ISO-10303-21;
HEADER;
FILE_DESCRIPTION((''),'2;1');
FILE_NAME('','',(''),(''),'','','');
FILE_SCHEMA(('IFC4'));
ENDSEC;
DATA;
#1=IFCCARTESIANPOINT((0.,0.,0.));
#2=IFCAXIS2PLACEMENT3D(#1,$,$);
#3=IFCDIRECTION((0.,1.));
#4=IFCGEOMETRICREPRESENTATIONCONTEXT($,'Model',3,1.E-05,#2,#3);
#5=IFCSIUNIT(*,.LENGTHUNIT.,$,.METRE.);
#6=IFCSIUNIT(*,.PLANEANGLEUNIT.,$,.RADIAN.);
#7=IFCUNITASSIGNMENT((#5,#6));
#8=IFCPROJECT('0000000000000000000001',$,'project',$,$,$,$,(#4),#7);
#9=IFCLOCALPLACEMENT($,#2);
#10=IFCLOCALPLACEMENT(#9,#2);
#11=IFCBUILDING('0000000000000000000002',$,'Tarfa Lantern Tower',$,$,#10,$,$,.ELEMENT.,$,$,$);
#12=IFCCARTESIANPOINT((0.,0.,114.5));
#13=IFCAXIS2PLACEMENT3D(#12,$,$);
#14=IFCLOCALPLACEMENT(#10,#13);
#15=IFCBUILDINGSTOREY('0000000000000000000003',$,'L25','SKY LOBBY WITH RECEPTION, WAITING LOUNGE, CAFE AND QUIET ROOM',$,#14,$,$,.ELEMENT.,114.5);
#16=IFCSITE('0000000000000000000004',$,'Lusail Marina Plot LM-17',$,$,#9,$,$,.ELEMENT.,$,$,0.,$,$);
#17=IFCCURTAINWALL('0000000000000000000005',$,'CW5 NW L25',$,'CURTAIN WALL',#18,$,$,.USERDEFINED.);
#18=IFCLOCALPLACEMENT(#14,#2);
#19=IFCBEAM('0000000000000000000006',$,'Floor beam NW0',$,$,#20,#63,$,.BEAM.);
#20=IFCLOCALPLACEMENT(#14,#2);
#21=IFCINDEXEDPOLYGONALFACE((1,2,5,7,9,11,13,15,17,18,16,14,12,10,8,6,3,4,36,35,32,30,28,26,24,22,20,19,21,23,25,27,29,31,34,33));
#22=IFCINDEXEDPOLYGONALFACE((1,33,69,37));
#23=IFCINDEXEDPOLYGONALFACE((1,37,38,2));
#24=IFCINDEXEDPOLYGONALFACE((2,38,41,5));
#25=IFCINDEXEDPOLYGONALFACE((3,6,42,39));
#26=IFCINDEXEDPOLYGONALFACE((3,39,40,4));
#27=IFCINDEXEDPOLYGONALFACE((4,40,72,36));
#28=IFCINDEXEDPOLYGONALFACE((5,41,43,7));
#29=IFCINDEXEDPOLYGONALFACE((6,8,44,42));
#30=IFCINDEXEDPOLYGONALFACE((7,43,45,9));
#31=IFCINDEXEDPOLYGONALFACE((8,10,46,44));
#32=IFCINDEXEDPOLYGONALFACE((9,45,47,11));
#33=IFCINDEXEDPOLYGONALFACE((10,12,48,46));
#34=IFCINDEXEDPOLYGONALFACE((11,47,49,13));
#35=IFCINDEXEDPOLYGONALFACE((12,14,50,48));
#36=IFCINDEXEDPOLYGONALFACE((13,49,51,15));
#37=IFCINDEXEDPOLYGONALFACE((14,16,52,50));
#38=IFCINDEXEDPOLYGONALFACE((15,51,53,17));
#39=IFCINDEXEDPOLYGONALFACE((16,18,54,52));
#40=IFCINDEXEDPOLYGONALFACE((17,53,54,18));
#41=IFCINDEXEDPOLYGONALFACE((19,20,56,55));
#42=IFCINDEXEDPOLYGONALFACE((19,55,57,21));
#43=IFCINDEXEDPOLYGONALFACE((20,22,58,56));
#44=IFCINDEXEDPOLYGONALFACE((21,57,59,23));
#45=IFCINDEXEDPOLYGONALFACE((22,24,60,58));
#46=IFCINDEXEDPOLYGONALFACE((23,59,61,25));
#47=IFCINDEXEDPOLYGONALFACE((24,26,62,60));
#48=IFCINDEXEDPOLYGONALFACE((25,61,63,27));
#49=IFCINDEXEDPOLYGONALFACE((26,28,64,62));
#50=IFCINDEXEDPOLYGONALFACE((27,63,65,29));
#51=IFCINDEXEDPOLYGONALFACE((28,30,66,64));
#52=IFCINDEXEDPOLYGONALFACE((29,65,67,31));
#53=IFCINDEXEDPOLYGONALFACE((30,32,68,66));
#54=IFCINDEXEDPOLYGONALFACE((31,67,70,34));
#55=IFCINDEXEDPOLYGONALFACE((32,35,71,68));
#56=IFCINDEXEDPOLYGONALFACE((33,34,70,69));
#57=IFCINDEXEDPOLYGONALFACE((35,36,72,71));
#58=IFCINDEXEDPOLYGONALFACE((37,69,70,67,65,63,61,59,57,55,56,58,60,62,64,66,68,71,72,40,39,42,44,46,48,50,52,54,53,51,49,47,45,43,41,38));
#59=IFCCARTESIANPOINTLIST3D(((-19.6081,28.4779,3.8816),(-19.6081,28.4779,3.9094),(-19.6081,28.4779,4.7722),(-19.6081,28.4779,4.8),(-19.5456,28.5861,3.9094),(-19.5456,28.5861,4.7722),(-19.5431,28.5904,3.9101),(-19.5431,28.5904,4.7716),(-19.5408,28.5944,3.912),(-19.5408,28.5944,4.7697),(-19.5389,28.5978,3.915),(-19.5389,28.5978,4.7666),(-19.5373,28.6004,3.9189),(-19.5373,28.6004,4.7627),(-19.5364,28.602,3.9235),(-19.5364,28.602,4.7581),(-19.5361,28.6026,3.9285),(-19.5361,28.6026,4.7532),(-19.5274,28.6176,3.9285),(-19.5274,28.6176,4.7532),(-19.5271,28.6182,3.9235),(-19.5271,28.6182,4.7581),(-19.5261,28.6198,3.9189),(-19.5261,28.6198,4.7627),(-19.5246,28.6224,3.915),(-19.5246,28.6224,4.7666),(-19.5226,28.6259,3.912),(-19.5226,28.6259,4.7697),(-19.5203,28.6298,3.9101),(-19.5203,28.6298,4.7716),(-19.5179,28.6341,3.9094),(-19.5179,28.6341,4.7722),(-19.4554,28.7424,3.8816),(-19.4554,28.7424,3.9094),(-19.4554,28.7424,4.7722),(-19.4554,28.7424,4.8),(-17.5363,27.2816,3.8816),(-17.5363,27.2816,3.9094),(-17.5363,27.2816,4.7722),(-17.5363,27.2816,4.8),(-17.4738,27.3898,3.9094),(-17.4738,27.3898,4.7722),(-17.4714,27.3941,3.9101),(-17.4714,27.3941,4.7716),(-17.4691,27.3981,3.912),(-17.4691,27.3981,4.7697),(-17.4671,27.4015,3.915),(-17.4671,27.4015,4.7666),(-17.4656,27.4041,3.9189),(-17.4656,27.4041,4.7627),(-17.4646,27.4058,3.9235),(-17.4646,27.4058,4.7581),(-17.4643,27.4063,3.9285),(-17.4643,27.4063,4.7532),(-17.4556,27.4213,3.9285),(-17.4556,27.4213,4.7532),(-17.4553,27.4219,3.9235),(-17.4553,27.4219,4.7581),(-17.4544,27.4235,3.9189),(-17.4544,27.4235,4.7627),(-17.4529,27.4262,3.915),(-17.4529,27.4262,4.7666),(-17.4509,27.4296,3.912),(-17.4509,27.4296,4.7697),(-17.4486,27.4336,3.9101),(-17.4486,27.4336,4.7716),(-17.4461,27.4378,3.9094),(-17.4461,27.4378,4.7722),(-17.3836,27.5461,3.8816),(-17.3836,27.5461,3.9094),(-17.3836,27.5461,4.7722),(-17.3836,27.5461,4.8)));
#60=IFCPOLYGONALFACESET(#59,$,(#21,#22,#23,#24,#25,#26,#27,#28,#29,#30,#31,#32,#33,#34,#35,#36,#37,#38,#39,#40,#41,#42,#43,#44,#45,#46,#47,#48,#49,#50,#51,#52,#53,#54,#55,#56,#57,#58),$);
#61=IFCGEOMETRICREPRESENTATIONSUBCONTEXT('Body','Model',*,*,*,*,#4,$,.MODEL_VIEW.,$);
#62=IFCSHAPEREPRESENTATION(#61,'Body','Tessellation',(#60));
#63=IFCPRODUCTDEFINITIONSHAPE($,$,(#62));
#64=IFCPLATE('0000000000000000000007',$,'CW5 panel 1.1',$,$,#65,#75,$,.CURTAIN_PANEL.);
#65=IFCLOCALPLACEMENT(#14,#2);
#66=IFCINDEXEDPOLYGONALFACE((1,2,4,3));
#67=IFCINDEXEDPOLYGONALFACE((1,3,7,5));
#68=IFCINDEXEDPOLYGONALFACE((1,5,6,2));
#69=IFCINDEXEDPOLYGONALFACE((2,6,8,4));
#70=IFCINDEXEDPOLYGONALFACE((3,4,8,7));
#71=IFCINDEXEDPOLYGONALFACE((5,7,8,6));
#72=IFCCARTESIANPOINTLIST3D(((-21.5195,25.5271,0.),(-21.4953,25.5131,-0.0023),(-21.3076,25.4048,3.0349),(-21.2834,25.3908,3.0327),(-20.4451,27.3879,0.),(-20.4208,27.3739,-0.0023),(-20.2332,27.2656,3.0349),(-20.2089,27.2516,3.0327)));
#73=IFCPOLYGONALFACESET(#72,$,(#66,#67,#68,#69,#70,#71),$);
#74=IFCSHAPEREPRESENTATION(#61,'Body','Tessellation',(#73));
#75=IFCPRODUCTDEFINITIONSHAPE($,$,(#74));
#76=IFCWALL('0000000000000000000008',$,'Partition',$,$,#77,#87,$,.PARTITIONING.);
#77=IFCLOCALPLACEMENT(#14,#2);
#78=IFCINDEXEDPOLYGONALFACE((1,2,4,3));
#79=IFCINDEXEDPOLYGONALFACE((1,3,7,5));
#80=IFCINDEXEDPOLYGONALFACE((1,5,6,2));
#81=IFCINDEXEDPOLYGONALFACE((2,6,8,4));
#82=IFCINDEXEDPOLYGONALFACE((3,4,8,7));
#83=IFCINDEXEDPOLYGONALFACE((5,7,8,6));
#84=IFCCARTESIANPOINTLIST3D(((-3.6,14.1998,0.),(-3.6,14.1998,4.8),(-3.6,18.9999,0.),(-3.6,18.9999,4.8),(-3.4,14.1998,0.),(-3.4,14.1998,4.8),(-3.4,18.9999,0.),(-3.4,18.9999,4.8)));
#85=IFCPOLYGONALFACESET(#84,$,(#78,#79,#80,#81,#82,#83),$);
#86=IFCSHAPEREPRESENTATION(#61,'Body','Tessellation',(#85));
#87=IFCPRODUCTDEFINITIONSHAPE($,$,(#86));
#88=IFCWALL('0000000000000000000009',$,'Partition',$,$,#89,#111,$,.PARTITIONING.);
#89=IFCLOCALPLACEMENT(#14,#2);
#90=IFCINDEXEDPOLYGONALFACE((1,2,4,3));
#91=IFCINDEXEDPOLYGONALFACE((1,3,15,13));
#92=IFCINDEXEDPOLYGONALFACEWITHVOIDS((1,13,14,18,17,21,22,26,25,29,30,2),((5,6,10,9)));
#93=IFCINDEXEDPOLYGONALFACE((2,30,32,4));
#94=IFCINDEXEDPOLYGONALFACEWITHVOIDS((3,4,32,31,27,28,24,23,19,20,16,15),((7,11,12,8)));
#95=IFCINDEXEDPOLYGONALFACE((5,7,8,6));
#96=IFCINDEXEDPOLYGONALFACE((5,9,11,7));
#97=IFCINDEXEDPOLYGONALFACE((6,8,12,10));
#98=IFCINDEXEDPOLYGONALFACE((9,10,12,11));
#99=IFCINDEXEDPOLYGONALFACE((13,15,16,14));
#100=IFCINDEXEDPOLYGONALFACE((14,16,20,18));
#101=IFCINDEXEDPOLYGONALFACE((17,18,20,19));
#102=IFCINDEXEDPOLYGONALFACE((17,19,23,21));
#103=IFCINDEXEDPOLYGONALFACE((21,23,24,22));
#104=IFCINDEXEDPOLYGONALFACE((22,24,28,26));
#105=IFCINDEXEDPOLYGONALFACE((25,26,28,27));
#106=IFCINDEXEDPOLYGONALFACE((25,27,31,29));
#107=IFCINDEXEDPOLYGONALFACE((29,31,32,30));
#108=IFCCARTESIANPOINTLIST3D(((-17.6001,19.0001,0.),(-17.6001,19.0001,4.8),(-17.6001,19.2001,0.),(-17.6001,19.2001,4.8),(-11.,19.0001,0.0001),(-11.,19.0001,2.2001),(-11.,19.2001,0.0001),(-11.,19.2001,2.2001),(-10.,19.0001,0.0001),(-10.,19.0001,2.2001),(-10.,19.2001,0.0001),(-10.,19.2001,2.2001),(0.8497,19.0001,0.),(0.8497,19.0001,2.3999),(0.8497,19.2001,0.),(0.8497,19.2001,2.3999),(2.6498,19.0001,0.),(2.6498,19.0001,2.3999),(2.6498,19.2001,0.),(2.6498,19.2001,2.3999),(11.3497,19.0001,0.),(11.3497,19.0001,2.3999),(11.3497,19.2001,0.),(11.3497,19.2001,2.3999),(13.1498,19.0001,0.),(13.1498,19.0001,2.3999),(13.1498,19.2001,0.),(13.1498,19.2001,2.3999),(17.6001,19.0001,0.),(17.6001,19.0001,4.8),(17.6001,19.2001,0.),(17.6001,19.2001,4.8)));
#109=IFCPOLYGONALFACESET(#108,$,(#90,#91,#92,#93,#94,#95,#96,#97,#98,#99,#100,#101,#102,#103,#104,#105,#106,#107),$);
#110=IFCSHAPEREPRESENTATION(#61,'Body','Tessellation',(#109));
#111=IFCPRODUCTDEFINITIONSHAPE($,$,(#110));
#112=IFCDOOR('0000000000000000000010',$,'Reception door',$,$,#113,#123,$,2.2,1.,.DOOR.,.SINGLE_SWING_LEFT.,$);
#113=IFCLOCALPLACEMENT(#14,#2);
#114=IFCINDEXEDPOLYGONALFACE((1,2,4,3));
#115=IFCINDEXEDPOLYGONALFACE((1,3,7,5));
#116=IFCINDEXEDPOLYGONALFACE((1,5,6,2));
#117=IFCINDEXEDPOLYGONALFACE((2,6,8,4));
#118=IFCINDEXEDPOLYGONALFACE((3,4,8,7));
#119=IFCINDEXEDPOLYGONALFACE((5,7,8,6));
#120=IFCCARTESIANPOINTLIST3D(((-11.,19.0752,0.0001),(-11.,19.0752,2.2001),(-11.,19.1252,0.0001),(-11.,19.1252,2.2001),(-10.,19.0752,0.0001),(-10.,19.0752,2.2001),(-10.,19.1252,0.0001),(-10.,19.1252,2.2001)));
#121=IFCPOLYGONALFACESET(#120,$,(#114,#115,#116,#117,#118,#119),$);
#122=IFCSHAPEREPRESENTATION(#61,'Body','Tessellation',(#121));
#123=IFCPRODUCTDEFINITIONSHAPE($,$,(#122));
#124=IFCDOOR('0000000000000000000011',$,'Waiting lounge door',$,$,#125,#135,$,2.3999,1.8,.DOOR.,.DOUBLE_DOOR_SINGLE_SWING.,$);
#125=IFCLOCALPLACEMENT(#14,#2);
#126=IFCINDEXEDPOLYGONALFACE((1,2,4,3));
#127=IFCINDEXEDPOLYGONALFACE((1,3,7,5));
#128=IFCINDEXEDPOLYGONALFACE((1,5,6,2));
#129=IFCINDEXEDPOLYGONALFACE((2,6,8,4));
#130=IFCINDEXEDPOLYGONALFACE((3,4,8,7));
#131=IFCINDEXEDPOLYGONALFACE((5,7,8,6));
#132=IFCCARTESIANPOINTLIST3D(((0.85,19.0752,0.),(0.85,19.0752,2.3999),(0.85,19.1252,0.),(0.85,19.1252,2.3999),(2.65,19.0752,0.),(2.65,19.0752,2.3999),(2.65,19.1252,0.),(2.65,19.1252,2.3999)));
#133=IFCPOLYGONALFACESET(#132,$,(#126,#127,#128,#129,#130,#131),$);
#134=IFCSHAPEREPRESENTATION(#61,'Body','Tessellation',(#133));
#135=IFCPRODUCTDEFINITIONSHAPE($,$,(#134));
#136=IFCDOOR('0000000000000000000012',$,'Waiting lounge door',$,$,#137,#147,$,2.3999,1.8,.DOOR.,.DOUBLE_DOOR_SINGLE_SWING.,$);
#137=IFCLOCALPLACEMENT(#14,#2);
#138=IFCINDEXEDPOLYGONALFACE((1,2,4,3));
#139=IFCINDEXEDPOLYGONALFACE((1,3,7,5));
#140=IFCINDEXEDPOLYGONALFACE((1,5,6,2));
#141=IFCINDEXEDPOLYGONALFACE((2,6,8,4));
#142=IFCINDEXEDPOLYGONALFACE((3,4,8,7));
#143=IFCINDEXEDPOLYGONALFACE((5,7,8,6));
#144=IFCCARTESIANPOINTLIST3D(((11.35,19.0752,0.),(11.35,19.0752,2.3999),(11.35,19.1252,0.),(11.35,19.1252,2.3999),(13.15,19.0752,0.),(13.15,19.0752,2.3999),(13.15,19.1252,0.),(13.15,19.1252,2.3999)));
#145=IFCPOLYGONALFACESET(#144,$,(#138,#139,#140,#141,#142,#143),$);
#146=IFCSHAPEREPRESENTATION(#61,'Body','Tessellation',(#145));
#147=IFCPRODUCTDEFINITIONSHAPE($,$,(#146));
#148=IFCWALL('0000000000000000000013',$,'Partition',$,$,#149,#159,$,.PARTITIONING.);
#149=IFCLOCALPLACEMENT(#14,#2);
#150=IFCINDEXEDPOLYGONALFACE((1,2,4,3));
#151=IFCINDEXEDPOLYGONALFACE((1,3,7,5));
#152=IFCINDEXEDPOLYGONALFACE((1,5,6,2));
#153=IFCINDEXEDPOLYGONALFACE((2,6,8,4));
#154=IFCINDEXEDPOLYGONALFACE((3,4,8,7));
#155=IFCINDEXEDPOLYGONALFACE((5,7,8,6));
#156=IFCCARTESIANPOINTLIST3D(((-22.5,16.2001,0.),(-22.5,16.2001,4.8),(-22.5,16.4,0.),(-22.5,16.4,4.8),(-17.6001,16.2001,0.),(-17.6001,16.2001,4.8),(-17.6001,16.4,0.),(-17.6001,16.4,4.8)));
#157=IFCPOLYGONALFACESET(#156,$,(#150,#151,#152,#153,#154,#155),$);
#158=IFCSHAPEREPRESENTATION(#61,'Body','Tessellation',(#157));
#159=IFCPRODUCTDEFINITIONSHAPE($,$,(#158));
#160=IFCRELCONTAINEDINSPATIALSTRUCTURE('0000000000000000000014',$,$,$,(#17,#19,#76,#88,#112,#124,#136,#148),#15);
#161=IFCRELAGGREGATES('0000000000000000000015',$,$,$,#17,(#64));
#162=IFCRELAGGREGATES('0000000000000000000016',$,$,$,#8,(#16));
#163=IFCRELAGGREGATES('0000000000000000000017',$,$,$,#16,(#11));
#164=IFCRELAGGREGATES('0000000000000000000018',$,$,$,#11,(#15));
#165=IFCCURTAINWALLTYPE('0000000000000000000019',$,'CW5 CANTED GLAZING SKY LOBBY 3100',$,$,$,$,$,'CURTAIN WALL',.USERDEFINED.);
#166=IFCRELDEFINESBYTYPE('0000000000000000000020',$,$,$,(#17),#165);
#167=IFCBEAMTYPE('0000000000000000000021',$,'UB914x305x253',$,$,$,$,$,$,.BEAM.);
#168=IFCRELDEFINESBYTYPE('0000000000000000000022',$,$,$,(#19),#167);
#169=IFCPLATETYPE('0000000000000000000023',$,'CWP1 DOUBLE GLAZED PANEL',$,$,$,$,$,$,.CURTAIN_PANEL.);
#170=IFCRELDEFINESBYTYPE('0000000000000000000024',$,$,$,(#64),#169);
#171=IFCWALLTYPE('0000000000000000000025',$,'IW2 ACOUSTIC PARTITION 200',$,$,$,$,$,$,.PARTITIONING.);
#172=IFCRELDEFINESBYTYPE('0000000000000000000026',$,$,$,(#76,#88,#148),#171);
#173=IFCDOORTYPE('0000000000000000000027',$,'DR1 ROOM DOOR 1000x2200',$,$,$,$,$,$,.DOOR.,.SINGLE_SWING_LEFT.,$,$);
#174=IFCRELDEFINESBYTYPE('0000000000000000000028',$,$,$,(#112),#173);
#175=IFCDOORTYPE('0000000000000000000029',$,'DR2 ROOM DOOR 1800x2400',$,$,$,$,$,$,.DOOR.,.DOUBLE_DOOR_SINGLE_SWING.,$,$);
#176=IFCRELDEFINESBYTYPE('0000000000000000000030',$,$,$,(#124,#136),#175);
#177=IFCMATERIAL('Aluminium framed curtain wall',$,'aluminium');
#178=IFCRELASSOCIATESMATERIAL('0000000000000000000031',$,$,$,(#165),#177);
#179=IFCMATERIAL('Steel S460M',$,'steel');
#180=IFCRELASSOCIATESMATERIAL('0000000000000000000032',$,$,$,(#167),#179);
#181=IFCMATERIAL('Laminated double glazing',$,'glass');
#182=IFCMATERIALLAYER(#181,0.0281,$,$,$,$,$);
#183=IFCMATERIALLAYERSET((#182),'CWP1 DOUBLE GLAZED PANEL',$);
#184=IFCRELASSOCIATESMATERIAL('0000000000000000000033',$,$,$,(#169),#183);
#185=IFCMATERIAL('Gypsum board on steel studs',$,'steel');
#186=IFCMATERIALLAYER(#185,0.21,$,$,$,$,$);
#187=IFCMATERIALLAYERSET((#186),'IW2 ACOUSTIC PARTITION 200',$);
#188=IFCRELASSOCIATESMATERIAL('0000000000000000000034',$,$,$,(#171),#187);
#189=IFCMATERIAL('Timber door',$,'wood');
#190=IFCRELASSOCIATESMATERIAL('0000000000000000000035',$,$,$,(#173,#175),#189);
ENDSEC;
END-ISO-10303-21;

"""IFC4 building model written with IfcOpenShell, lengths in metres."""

from ifc_helpers import new_model, si_unit, direction, frame, frame_2d, origin, origin_2d, place, context, subcontext, project, spatial, polyline, rectangle, i_section, outline, extrude, material, layer, layer_set, material_profile, profile_set, type_object, element, fill, aggregate, save


model = new_model("IFC4")

# Units and contexts
model_context = context("Model", 3, precision=1e-05, world=origin(), true_north=direction((0.0, 1.0)))
body_context = subcontext(model_context, "Body", "Model", "MODEL_VIEW")
ifc_project = project(units=[si_unit("LENGTHUNIT", "METRE"), si_unit("PLANEANGLEUNIT", "RADIAN")], contexts=[model_context])

# Site, building, storey
site_placement = place(None, origin())
site = spatial("IfcSite", under=ifc_project, at=site_placement, Name="Lusail Marina Plot LM-17", CompositionType="ELEMENT", RefElevation=0.0)
building_placement = place(site_placement, origin())
building = spatial("IfcBuilding", under=site, at=building_placement, Name="Tarfa Lantern Tower", CompositionType="ELEMENT")
storey_placement = place(building_placement, frame((0.0, 0.0, 114.5)))
storey = spatial("IfcBuildingStorey", under=building, at=storey_placement, Name="L25", Description="SKY LOBBY WITH RECEPTION, WAITING LOUNGE, CAFE AND QUIET ROOM", CompositionType="ELEMENT", Elevation=114.5)

# Curtain wall
ifc_material_1 = material(Name="Aluminium framed curtain wall", Category="aluminium")
curtain_wall_type = type_object("IfcCurtainWallType", Name="CW5 CANTED GLAZING SKY LOBBY 3100", ElementType="CURTAIN WALL", PredefinedType="USERDEFINED", material=ifc_material_1)
curtain_wall_placement = place(storey_placement, origin())
curtain_wall = element("IfcCurtainWall", 1, at=curtain_wall_placement, inside=storey, type_object=curtain_wall_type, Name="CW5 NW L25", ObjectType="CURTAIN WALL", PredefinedType="USERDEFINED")

# Beam
ifc_material_2 = material(Name="Steel S460M", Category="steel")
ifc_material_profile_1 = material_profile(ifc_material_2, i_section(OverallWidth=0.3054, OverallDepth=0.9185, WebThickness=0.0173, FlangeThickness=0.0278, FilletRadius=0.019, at=origin_2d()), Name="UB914x305x253")
ifc_profile_set_1 = profile_set([ifc_material_profile_1], Name="Steel S460M")
beam_type_1 = type_object("IfcBeamType", Name="UB914x305x253", PredefinedType="BEAM", material=ifc_profile_set_1)
beam_1_placement = place(storey_placement, frame((-19.5317, 28.6101, 4.3408), z_axis=(0.865999, -0.500046, 0.0), x_axis=(0.500046, 0.865999, 0.0)))
element("IfcBeam", 2, at=beam_1_placement, inside=storey, type_object=beam_type_1, Name="Floor beam NW0", PredefinedType="BEAM", context=body_context, shape_type="SweptSolid", body=[
    extrude(i_section(OverallWidth=0.3054, OverallDepth=0.9185, WebThickness=0.0173, FlangeThickness=0.0278, FilletRadius=0.019, at=origin_2d()), origin(), (0.0, 0.0, 1.0), 2.3923),
])

# Plate
ifc_material_3 = material(Name="Laminated double glazing", Category="glass")
ifc_layer_1 = layer(ifc_material_3, 0.0281)
ifc_layer_set_1 = layer_set([ifc_layer_1], Name="CWP1 DOUBLE GLAZED PANEL")
plate_type = type_object("IfcPlateType", Name="CWP1 DOUBLE GLAZED PANEL", PredefinedType="CURTAIN_PANEL", material=ifc_layer_set_1)
plate_placement = place(storey_placement, frame((-20.4451, 27.3879, 0.0), z_axis=(-0.863203, 0.49842, 0.080361), x_axis=(-0.500037, -0.866004, 0.0)))
plate = element("IfcPlate", 3, at=plate_placement, type_object=plate_type, Name="CW5 panel 1.1", PredefinedType="CURTAIN_PANEL", context=body_context, shape_type="SweptSolid", body=[
    extrude(outline(polyline([(0.0, 0.0), (2.1488, 0.0), (2.1487, 3.0448), (0.0, 3.0448), (0.0, 0.0)])), origin(), (0.0, 0.0, -1.0), 0.0281),
])
aggregate(curtain_wall, [plate])

# Wall
ifc_material_4 = material(Name="Gypsum board on steel studs", Category="steel")
ifc_layer_2 = layer(ifc_material_4, 0.21)
ifc_layer_set_2 = layer_set([ifc_layer_2], Name="IW2 ACOUSTIC PARTITION 200")
wall_type = type_object("IfcWallType", Name="IW2 ACOUSTIC PARTITION 200", PredefinedType="PARTITIONING", material=ifc_layer_set_2)
wall_1_placement = place(storey_placement, frame((-3.5, 14.2, 0.0), z_axis=(0.0, 0.0, 1.0), x_axis=(0.0, 1.0, 0.0)))
element("IfcWall", 4, at=wall_1_placement, inside=storey, type_object=wall_type, Name="Partition", PredefinedType="PARTITIONING", context=body_context, shape_type="SweptSolid", body=[
    extrude(rectangle(XDim=4.8, YDim=0.2, at=frame_2d((2.3999, 0.0))), origin(), (0.0, 0.0, 1.0), 4.8),
])

# Wall, openings, doors
wall_2_placement = place(storey_placement, frame((-17.6001, 19.1001, 0.0), z_axis=(0.0, 0.0, 1.0), x_axis=(1.0, 0.0, 0.0)))
wall_2 = element("IfcWall", 5, at=wall_2_placement, inside=storey, type_object=wall_type, Name="Partition", PredefinedType="PARTITIONING", context=body_context, shape_type="SweptSolid", body=[
    extrude(rectangle(XDim=35.2002, YDim=0.2, at=frame_2d((17.6001, 0.0))), origin(), (0.0, 0.0, 1.0), 4.8),
])
opening_1_placement = place(wall_2_placement, frame((6.6001, 0.0, 0.0)))
opening_1 = element("IfcOpeningElement", 6, at=opening_1_placement, cuts=wall_2, PredefinedType="OPENING", context=body_context, shape_type="SweptSolid", body=[
    extrude(rectangle(XDim=1.0, YDim=2.2, at=frame_2d((0.5, 1.1001))), frame((0.0, 0.1099, 0.0), z_axis=(0.0, -1.0, 0.0), x_axis=(1.0, 0.0, 0.0)), (0.0, 0.0, 1.0), 0.22),
])
opening_2_placement = place(wall_2_placement, frame((18.45, 0.0, 0.0)))
opening_2 = element("IfcOpeningElement", 7, at=opening_2_placement, cuts=wall_2, PredefinedType="OPENING", context=body_context, shape_type="SweptSolid", body=[
    extrude(rectangle(XDim=1.8, YDim=2.3999, at=frame_2d((0.8999, 1.2))), frame((0.0, 0.1099, 0.0), z_axis=(0.0, -1.0, 0.0), x_axis=(1.0, 0.0, 0.0)), (0.0, 0.0, 1.0), 0.22),
])
opening_3_placement = place(wall_2_placement, frame((28.95, 0.0, 0.0)))
opening_3 = element("IfcOpeningElement", 8, at=opening_3_placement, cuts=wall_2, PredefinedType="OPENING", context=body_context, shape_type="SweptSolid", body=[
    extrude(rectangle(XDim=1.8, YDim=2.3999, at=frame_2d((0.8999, 1.2))), frame((0.0, 0.1099, 0.0), z_axis=(0.0, -1.0, 0.0), x_axis=(1.0, 0.0, 0.0)), (0.0, 0.0, 1.0), 0.22),
])
ifc_material_5 = material(Name="Timber door", Category="wood")
door_type_1 = type_object("IfcDoorType", Name="DR1 ROOM DOOR 1000x2200", OperationType="SINGLE_SWING_LEFT", PredefinedType="DOOR", material=ifc_material_5)
door_1_placement = place(opening_1_placement, frame((1.0, 0.0, 0.0), z_axis=(0.0, 0.0, 1.0), x_axis=(-1.0, 0.0, 0.0)))
door_1 = element("IfcDoor", 9, at=door_1_placement, inside=storey, type_object=door_type_1, Name="Reception door", OperationType="SINGLE_SWING_LEFT", OverallHeight=2.2, OverallWidth=1.0, PredefinedType="DOOR", context=body_context, shape_type="SweptSolid", body=[
    extrude(rectangle(XDim=1.0, YDim=2.2, at=frame_2d((0.5, 1.1001))), frame((0.0, 0.0249, 0.0), z_axis=(0.0, -1.0, 0.0), x_axis=(1.0, 0.0, 0.0)), (0.0, 0.0, 1.0), 0.05),
])
fill(opening_1, door_1)
door_type_2 = type_object("IfcDoorType", Name="DR2 ROOM DOOR 1800x2400", OperationType="DOUBLE_DOOR_SINGLE_SWING", PredefinedType="DOOR", material=ifc_material_5)
door_2_placement = place(opening_2_placement, frame((1.8, 0.0, 0.0), z_axis=(0.0, 0.0, 1.0), x_axis=(-1.0, 0.0, 0.0)))
door_2 = element("IfcDoor", 10, at=door_2_placement, inside=storey, type_object=door_type_2, Name="Waiting lounge door", OperationType="DOUBLE_DOOR_SINGLE_SWING", OverallHeight=2.3999, OverallWidth=1.8, PredefinedType="DOOR", context=body_context, shape_type="SweptSolid", body=[
    extrude(rectangle(XDim=1.8, YDim=2.3999, at=frame_2d((0.8999, 1.2))), frame((0.0, 0.0249, 0.0), z_axis=(0.0, -1.0, 0.0), x_axis=(1.0, 0.0, 0.0)), (0.0, 0.0, 1.0), 0.05),
])
fill(opening_2, door_2)
door_3_placement = place(opening_3_placement, frame((1.8, 0.0, 0.0), z_axis=(0.0, 0.0, 1.0), x_axis=(-1.0, 0.0, 0.0)))
door_3 = element("IfcDoor", 11, at=door_3_placement, inside=storey, type_object=door_type_2, Name="Waiting lounge door", OperationType="DOUBLE_DOOR_SINGLE_SWING", OverallHeight=2.3999, OverallWidth=1.8, PredefinedType="DOOR", context=body_context, shape_type="SweptSolid", body=[
    extrude(rectangle(XDim=1.8, YDim=2.3999, at=frame_2d((0.8999, 1.2))), frame((0.0, 0.0249, 0.0), z_axis=(0.0, -1.0, 0.0), x_axis=(1.0, 0.0, 0.0)), (0.0, 0.0, 1.0), 0.05),
])
fill(opening_3, door_3)

# Wall
wall_3_placement = place(storey_placement, frame((-17.6001, 16.3, 0.0), z_axis=(0.0, 0.0, 1.0), x_axis=(-1.0, 0.0, 0.0)))
element("IfcWall", 12, at=wall_3_placement, inside=storey, type_object=wall_type, Name="Partition", PredefinedType="PARTITIONING", context=body_context, shape_type="SweptSolid", body=[
    extrude(rectangle(XDim=4.8999, YDim=0.2, at=frame_2d((2.45, 0.0))), origin(), (0.0, 0.0, 1.0), 4.8),
])

save(model, "model.ifc")
